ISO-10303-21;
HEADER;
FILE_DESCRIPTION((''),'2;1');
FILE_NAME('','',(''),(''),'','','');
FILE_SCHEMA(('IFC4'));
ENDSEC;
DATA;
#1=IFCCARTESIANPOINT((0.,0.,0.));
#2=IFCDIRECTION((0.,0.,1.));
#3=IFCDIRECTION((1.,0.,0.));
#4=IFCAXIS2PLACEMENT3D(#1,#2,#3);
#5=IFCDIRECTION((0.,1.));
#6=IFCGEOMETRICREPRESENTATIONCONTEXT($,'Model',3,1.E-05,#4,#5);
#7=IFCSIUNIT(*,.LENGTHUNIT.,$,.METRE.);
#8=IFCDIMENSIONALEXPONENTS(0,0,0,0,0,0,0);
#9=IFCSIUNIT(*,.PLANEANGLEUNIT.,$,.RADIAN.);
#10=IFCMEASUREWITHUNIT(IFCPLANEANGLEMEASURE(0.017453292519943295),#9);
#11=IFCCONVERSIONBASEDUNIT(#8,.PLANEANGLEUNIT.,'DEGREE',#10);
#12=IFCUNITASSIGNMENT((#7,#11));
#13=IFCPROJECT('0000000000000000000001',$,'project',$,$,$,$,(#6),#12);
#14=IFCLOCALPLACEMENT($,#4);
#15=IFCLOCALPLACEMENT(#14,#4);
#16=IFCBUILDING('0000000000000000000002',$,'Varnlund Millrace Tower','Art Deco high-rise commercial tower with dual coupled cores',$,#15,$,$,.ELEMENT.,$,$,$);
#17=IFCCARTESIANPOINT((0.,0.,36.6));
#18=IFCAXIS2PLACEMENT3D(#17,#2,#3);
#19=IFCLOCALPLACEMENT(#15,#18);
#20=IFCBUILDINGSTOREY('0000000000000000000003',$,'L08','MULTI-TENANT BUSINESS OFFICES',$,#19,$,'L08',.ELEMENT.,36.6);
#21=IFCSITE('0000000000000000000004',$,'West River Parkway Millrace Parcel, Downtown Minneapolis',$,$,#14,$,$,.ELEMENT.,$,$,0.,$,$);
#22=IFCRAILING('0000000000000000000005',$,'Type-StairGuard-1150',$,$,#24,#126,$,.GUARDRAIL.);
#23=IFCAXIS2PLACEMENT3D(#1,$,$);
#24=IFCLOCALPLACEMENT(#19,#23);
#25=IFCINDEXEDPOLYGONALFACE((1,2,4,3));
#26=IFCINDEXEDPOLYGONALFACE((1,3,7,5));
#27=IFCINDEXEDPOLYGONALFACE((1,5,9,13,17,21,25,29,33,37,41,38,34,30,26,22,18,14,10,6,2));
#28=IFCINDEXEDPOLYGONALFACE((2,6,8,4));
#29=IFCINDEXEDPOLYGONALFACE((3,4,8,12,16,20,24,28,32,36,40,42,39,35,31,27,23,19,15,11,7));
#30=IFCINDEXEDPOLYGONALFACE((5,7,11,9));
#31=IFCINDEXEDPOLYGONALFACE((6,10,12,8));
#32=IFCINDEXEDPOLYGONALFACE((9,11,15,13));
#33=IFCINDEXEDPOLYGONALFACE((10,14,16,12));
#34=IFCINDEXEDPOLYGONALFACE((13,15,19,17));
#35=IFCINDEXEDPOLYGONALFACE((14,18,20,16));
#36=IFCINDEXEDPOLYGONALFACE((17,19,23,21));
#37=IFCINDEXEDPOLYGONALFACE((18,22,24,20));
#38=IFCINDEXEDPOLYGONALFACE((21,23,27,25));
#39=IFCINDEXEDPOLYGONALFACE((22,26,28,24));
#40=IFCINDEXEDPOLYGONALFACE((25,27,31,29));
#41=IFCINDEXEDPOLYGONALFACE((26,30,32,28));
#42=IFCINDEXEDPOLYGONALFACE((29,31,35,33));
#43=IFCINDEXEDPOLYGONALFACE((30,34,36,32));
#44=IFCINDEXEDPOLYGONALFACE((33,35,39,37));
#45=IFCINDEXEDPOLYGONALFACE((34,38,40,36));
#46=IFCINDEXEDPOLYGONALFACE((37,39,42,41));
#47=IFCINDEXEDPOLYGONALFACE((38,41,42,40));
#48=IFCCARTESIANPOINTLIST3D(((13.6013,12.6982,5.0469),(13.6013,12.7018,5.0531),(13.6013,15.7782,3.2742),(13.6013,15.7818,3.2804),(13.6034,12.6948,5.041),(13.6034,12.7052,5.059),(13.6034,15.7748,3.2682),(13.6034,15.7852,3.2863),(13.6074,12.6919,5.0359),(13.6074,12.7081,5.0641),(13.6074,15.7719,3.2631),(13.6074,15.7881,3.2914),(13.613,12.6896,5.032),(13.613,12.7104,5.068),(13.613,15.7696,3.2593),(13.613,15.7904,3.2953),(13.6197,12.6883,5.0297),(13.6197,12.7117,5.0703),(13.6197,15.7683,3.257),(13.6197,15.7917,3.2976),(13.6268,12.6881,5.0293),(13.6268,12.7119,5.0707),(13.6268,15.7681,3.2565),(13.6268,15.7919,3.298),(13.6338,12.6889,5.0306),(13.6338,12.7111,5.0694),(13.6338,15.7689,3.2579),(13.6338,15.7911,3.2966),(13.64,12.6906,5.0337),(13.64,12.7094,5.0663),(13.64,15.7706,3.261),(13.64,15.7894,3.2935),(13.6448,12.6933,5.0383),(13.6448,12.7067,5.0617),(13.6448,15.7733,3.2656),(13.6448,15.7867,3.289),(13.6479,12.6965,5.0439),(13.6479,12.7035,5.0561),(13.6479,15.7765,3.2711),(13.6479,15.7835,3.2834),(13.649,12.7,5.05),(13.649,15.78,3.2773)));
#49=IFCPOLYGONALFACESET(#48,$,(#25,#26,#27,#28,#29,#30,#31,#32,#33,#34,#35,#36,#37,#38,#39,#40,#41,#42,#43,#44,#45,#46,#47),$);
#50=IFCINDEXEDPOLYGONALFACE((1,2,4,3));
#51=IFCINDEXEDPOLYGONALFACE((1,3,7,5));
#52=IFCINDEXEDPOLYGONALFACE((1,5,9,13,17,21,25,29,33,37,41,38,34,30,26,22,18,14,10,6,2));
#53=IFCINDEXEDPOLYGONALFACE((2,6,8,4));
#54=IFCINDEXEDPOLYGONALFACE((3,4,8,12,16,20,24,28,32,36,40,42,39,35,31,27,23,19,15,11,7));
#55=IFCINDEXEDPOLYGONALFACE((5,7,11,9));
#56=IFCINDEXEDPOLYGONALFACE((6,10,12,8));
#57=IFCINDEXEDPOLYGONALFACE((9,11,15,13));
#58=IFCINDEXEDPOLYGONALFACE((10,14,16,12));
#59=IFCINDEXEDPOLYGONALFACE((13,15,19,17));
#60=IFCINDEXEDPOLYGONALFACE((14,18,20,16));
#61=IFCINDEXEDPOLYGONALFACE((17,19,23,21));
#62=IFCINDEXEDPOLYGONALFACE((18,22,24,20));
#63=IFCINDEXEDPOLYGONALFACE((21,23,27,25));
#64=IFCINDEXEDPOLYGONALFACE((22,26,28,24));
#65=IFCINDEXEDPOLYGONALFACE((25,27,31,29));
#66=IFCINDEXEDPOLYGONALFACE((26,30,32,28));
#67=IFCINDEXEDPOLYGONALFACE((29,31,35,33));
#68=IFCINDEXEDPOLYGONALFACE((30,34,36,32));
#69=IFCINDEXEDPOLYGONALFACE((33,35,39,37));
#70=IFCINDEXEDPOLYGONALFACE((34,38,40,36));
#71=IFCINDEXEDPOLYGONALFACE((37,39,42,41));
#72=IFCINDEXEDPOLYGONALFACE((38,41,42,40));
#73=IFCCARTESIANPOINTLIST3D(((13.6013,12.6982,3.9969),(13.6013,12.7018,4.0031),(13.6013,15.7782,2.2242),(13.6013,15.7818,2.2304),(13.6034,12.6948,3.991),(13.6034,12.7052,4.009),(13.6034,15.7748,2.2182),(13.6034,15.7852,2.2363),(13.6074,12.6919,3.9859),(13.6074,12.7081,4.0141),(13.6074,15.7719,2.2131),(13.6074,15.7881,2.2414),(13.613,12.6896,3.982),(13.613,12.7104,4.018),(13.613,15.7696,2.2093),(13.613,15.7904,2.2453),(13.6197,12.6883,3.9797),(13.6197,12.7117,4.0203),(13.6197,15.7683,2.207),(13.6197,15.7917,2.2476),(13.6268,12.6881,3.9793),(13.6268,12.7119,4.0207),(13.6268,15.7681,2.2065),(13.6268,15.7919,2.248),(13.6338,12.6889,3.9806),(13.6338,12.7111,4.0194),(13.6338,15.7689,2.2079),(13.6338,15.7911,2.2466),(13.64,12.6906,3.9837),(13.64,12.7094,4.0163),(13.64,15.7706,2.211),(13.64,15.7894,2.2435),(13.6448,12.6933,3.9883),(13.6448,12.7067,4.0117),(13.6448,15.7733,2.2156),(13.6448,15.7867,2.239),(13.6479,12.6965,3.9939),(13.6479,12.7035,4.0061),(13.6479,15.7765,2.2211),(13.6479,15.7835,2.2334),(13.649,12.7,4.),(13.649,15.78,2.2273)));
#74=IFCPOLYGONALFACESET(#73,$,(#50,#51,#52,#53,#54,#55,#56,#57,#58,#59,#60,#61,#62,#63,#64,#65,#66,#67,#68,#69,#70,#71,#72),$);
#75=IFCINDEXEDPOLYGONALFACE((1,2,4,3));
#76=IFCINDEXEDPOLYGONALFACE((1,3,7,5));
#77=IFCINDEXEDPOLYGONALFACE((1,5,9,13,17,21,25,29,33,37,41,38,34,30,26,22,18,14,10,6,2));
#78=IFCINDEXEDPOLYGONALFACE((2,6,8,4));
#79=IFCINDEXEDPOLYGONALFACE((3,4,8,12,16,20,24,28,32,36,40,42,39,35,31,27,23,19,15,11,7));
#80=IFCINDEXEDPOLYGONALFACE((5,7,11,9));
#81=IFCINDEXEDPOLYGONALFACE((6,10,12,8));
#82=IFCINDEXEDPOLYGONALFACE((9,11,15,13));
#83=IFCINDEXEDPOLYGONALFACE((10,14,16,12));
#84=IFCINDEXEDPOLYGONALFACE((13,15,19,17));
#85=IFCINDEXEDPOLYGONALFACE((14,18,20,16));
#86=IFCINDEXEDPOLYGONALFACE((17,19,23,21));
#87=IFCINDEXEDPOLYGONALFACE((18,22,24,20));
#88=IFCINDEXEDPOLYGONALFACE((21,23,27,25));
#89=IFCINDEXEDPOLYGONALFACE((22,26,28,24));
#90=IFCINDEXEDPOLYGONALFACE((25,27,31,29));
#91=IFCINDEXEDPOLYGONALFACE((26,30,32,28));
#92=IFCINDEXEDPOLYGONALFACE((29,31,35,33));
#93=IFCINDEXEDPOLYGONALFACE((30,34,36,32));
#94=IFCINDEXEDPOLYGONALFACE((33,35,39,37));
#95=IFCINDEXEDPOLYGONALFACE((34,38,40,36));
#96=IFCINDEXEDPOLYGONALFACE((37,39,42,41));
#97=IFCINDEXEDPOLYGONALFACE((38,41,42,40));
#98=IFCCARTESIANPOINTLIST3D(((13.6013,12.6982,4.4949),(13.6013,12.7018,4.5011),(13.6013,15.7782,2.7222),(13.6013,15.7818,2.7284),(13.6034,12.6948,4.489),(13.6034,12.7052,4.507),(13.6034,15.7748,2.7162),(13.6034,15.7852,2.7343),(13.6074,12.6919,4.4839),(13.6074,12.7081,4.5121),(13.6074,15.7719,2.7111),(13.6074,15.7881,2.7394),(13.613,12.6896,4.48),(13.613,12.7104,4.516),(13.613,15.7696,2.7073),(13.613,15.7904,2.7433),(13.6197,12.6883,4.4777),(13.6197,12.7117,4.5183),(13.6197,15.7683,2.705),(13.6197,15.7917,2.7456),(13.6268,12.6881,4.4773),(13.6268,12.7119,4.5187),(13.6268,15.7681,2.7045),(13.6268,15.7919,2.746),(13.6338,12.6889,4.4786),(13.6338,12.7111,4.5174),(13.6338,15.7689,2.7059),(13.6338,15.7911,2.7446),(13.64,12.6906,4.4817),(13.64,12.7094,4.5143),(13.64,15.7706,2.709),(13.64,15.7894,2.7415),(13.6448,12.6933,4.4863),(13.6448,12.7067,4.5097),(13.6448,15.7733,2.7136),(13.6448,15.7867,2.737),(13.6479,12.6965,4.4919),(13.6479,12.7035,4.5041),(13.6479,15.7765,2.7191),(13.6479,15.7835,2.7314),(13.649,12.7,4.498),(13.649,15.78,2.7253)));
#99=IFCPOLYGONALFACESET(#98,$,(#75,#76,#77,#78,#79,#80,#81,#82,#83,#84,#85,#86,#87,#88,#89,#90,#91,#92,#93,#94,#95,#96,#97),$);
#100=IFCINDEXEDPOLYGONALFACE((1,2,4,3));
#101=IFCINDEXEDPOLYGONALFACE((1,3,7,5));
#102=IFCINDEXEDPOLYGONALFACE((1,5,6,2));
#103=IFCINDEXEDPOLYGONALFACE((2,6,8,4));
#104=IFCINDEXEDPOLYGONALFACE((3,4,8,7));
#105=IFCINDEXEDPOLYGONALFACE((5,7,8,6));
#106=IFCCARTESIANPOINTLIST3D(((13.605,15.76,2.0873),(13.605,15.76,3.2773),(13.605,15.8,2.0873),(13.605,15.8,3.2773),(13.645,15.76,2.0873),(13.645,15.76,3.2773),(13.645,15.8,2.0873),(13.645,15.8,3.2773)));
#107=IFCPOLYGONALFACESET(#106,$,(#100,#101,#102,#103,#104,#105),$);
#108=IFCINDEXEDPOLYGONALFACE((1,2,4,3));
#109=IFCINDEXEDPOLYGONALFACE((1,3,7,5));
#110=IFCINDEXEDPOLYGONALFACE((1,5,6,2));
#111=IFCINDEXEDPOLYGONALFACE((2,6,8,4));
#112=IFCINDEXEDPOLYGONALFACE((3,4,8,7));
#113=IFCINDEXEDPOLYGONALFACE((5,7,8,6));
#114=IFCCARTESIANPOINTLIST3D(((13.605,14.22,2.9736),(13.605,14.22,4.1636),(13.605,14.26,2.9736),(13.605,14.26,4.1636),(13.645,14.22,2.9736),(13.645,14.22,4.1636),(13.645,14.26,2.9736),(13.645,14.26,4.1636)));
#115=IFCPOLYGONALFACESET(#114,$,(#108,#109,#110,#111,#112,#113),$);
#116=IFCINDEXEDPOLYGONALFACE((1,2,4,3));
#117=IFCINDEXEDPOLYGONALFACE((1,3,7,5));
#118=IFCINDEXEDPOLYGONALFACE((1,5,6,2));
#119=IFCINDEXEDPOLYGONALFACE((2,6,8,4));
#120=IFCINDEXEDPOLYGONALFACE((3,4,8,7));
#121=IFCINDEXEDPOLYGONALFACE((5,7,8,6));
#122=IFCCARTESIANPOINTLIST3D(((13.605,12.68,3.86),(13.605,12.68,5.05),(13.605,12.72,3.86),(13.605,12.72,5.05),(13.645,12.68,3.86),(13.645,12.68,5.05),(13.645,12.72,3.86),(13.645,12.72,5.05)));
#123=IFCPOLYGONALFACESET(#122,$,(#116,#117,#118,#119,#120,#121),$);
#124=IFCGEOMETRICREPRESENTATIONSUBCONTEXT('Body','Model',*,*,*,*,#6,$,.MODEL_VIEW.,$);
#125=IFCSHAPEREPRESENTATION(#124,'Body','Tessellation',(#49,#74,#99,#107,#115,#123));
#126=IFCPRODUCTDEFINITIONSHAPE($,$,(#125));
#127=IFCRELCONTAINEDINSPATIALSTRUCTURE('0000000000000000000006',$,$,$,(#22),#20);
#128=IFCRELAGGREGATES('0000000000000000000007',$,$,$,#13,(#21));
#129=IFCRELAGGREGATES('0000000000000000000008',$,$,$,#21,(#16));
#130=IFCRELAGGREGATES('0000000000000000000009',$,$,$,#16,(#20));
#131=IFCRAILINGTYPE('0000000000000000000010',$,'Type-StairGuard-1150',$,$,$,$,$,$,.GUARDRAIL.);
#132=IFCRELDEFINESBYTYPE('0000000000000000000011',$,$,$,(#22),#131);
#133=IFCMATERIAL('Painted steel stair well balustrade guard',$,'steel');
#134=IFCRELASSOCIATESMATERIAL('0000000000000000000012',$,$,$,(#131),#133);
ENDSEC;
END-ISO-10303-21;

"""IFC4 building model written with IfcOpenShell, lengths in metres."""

from ifc_helpers import new_model, entity, si_unit, converted_unit, direction, frame, origin_with_axes, origin_2d_with_axis, place, context, subcontext, project, spatial, rectangle, circle, extrude, material, type_object, element, save


model = new_model("IFC4")

# Units and contexts
model_context = context("Model", 3, precision=1e-05, world=origin_with_axes(), true_north=direction((0.0, 1.0)))
body_context = subcontext(model_context, "Body", "Model", "MODEL_VIEW")
ifc_project = project(units=[si_unit("LENGTHUNIT", "METRE"), converted_unit("PLANEANGLEUNIT", "DEGREE", entity("IfcPlaneAngleMeasure", 0.017453292519943295), si_unit("PLANEANGLEUNIT", "RADIAN"), dimensions=[0, 0, 0, 0, 0, 0, 0])], contexts=[model_context])

# Site, building, storey
site_placement = place(None, origin_with_axes())
site = spatial("IfcSite", under=ifc_project, at=site_placement, Name="West River Parkway Millrace Parcel, Downtown Minneapolis", CompositionType="ELEMENT", RefElevation=0.0)
building_placement = place(site_placement, origin_with_axes())
building = spatial("IfcBuilding", under=site, at=building_placement, Name="Varnlund Millrace Tower", Description="Art Deco high-rise commercial tower with dual coupled cores", CompositionType="ELEMENT")
storey_placement = place(building_placement, frame((0.0, 0.0, 36.6), z_axis=(0.0, 0.0, 1.0), x_axis=(1.0, 0.0, 0.0)))
storey = spatial("IfcBuildingStorey", under=building, at=storey_placement, Name="L08", Description="MULTI-TENANT BUSINESS OFFICES", LongName="L08", CompositionType="ELEMENT", Elevation=36.6)

# Railing
ifc_material_1 = material(Name="Painted steel stair well balustrade guard", Category="steel")
railing_type_1 = type_object("IfcRailingType", Name="Type-StairGuard-1150", PredefinedType="GUARDRAIL", material=ifc_material_1)
railing_1_placement = place(storey_placement, frame((0.0, 0.0, -36.6), z_axis=(0.0, 0.0, 1.0), x_axis=(1.0, 0.0, 0.0)))
element("IfcRailing", 1, at=railing_1_placement, inside=storey, type_object=railing_type_1, Name="Type-StairGuard-1150", PredefinedType="GUARDRAIL", context=body_context, shape_type="SweptSolid", body=[
    extrude(circle(Radius=0.024, at=origin_2d_with_axis()), frame((13.625, 15.78, 39.8773), z_axis=(0.0, -0.866696, 0.498836), x_axis=(1.0, 0.0, 0.0)), (0.0, 0.0, 1.0), 3.5537),
    extrude(circle(Radius=0.024, at=origin_2d_with_axis()), frame((13.625, 15.78, 38.8273), z_axis=(0.0, -0.866696, 0.498836), x_axis=(1.0, 0.0, 0.0)), (0.0, 0.0, 1.0), 3.5537),
    extrude(circle(Radius=0.024, at=origin_2d_with_axis()), frame((13.625, 15.78, 39.3253), z_axis=(0.0, -0.866696, 0.498836), x_axis=(1.0, 0.0, 0.0)), (0.0, 0.0, 1.0), 3.5537),
    extrude(rectangle(XDim=0.04, YDim=0.04, at=origin_2d_with_axis()), frame((13.625, 15.78, 38.6873), z_axis=(0.0, 0.0, 1.0), x_axis=(1.0, 0.0, 0.0)), (0.0, 0.0, 1.0), 1.19),
    extrude(rectangle(XDim=0.04, YDim=0.04, at=origin_2d_with_axis()), frame((13.625, 14.24, 39.5736), z_axis=(0.0, 0.0, 1.0), x_axis=(1.0, 0.0, 0.0)), (0.0, 0.0, 1.0), 1.19),
    extrude(rectangle(XDim=0.04, YDim=0.04, at=origin_2d_with_axis()), frame((13.625, 12.7, 40.46), z_axis=(0.0, 0.0, 1.0), x_axis=(1.0, 0.0, 0.0)), (0.0, 0.0, 1.0), 1.19),
])

save(model, "model.ifc")
